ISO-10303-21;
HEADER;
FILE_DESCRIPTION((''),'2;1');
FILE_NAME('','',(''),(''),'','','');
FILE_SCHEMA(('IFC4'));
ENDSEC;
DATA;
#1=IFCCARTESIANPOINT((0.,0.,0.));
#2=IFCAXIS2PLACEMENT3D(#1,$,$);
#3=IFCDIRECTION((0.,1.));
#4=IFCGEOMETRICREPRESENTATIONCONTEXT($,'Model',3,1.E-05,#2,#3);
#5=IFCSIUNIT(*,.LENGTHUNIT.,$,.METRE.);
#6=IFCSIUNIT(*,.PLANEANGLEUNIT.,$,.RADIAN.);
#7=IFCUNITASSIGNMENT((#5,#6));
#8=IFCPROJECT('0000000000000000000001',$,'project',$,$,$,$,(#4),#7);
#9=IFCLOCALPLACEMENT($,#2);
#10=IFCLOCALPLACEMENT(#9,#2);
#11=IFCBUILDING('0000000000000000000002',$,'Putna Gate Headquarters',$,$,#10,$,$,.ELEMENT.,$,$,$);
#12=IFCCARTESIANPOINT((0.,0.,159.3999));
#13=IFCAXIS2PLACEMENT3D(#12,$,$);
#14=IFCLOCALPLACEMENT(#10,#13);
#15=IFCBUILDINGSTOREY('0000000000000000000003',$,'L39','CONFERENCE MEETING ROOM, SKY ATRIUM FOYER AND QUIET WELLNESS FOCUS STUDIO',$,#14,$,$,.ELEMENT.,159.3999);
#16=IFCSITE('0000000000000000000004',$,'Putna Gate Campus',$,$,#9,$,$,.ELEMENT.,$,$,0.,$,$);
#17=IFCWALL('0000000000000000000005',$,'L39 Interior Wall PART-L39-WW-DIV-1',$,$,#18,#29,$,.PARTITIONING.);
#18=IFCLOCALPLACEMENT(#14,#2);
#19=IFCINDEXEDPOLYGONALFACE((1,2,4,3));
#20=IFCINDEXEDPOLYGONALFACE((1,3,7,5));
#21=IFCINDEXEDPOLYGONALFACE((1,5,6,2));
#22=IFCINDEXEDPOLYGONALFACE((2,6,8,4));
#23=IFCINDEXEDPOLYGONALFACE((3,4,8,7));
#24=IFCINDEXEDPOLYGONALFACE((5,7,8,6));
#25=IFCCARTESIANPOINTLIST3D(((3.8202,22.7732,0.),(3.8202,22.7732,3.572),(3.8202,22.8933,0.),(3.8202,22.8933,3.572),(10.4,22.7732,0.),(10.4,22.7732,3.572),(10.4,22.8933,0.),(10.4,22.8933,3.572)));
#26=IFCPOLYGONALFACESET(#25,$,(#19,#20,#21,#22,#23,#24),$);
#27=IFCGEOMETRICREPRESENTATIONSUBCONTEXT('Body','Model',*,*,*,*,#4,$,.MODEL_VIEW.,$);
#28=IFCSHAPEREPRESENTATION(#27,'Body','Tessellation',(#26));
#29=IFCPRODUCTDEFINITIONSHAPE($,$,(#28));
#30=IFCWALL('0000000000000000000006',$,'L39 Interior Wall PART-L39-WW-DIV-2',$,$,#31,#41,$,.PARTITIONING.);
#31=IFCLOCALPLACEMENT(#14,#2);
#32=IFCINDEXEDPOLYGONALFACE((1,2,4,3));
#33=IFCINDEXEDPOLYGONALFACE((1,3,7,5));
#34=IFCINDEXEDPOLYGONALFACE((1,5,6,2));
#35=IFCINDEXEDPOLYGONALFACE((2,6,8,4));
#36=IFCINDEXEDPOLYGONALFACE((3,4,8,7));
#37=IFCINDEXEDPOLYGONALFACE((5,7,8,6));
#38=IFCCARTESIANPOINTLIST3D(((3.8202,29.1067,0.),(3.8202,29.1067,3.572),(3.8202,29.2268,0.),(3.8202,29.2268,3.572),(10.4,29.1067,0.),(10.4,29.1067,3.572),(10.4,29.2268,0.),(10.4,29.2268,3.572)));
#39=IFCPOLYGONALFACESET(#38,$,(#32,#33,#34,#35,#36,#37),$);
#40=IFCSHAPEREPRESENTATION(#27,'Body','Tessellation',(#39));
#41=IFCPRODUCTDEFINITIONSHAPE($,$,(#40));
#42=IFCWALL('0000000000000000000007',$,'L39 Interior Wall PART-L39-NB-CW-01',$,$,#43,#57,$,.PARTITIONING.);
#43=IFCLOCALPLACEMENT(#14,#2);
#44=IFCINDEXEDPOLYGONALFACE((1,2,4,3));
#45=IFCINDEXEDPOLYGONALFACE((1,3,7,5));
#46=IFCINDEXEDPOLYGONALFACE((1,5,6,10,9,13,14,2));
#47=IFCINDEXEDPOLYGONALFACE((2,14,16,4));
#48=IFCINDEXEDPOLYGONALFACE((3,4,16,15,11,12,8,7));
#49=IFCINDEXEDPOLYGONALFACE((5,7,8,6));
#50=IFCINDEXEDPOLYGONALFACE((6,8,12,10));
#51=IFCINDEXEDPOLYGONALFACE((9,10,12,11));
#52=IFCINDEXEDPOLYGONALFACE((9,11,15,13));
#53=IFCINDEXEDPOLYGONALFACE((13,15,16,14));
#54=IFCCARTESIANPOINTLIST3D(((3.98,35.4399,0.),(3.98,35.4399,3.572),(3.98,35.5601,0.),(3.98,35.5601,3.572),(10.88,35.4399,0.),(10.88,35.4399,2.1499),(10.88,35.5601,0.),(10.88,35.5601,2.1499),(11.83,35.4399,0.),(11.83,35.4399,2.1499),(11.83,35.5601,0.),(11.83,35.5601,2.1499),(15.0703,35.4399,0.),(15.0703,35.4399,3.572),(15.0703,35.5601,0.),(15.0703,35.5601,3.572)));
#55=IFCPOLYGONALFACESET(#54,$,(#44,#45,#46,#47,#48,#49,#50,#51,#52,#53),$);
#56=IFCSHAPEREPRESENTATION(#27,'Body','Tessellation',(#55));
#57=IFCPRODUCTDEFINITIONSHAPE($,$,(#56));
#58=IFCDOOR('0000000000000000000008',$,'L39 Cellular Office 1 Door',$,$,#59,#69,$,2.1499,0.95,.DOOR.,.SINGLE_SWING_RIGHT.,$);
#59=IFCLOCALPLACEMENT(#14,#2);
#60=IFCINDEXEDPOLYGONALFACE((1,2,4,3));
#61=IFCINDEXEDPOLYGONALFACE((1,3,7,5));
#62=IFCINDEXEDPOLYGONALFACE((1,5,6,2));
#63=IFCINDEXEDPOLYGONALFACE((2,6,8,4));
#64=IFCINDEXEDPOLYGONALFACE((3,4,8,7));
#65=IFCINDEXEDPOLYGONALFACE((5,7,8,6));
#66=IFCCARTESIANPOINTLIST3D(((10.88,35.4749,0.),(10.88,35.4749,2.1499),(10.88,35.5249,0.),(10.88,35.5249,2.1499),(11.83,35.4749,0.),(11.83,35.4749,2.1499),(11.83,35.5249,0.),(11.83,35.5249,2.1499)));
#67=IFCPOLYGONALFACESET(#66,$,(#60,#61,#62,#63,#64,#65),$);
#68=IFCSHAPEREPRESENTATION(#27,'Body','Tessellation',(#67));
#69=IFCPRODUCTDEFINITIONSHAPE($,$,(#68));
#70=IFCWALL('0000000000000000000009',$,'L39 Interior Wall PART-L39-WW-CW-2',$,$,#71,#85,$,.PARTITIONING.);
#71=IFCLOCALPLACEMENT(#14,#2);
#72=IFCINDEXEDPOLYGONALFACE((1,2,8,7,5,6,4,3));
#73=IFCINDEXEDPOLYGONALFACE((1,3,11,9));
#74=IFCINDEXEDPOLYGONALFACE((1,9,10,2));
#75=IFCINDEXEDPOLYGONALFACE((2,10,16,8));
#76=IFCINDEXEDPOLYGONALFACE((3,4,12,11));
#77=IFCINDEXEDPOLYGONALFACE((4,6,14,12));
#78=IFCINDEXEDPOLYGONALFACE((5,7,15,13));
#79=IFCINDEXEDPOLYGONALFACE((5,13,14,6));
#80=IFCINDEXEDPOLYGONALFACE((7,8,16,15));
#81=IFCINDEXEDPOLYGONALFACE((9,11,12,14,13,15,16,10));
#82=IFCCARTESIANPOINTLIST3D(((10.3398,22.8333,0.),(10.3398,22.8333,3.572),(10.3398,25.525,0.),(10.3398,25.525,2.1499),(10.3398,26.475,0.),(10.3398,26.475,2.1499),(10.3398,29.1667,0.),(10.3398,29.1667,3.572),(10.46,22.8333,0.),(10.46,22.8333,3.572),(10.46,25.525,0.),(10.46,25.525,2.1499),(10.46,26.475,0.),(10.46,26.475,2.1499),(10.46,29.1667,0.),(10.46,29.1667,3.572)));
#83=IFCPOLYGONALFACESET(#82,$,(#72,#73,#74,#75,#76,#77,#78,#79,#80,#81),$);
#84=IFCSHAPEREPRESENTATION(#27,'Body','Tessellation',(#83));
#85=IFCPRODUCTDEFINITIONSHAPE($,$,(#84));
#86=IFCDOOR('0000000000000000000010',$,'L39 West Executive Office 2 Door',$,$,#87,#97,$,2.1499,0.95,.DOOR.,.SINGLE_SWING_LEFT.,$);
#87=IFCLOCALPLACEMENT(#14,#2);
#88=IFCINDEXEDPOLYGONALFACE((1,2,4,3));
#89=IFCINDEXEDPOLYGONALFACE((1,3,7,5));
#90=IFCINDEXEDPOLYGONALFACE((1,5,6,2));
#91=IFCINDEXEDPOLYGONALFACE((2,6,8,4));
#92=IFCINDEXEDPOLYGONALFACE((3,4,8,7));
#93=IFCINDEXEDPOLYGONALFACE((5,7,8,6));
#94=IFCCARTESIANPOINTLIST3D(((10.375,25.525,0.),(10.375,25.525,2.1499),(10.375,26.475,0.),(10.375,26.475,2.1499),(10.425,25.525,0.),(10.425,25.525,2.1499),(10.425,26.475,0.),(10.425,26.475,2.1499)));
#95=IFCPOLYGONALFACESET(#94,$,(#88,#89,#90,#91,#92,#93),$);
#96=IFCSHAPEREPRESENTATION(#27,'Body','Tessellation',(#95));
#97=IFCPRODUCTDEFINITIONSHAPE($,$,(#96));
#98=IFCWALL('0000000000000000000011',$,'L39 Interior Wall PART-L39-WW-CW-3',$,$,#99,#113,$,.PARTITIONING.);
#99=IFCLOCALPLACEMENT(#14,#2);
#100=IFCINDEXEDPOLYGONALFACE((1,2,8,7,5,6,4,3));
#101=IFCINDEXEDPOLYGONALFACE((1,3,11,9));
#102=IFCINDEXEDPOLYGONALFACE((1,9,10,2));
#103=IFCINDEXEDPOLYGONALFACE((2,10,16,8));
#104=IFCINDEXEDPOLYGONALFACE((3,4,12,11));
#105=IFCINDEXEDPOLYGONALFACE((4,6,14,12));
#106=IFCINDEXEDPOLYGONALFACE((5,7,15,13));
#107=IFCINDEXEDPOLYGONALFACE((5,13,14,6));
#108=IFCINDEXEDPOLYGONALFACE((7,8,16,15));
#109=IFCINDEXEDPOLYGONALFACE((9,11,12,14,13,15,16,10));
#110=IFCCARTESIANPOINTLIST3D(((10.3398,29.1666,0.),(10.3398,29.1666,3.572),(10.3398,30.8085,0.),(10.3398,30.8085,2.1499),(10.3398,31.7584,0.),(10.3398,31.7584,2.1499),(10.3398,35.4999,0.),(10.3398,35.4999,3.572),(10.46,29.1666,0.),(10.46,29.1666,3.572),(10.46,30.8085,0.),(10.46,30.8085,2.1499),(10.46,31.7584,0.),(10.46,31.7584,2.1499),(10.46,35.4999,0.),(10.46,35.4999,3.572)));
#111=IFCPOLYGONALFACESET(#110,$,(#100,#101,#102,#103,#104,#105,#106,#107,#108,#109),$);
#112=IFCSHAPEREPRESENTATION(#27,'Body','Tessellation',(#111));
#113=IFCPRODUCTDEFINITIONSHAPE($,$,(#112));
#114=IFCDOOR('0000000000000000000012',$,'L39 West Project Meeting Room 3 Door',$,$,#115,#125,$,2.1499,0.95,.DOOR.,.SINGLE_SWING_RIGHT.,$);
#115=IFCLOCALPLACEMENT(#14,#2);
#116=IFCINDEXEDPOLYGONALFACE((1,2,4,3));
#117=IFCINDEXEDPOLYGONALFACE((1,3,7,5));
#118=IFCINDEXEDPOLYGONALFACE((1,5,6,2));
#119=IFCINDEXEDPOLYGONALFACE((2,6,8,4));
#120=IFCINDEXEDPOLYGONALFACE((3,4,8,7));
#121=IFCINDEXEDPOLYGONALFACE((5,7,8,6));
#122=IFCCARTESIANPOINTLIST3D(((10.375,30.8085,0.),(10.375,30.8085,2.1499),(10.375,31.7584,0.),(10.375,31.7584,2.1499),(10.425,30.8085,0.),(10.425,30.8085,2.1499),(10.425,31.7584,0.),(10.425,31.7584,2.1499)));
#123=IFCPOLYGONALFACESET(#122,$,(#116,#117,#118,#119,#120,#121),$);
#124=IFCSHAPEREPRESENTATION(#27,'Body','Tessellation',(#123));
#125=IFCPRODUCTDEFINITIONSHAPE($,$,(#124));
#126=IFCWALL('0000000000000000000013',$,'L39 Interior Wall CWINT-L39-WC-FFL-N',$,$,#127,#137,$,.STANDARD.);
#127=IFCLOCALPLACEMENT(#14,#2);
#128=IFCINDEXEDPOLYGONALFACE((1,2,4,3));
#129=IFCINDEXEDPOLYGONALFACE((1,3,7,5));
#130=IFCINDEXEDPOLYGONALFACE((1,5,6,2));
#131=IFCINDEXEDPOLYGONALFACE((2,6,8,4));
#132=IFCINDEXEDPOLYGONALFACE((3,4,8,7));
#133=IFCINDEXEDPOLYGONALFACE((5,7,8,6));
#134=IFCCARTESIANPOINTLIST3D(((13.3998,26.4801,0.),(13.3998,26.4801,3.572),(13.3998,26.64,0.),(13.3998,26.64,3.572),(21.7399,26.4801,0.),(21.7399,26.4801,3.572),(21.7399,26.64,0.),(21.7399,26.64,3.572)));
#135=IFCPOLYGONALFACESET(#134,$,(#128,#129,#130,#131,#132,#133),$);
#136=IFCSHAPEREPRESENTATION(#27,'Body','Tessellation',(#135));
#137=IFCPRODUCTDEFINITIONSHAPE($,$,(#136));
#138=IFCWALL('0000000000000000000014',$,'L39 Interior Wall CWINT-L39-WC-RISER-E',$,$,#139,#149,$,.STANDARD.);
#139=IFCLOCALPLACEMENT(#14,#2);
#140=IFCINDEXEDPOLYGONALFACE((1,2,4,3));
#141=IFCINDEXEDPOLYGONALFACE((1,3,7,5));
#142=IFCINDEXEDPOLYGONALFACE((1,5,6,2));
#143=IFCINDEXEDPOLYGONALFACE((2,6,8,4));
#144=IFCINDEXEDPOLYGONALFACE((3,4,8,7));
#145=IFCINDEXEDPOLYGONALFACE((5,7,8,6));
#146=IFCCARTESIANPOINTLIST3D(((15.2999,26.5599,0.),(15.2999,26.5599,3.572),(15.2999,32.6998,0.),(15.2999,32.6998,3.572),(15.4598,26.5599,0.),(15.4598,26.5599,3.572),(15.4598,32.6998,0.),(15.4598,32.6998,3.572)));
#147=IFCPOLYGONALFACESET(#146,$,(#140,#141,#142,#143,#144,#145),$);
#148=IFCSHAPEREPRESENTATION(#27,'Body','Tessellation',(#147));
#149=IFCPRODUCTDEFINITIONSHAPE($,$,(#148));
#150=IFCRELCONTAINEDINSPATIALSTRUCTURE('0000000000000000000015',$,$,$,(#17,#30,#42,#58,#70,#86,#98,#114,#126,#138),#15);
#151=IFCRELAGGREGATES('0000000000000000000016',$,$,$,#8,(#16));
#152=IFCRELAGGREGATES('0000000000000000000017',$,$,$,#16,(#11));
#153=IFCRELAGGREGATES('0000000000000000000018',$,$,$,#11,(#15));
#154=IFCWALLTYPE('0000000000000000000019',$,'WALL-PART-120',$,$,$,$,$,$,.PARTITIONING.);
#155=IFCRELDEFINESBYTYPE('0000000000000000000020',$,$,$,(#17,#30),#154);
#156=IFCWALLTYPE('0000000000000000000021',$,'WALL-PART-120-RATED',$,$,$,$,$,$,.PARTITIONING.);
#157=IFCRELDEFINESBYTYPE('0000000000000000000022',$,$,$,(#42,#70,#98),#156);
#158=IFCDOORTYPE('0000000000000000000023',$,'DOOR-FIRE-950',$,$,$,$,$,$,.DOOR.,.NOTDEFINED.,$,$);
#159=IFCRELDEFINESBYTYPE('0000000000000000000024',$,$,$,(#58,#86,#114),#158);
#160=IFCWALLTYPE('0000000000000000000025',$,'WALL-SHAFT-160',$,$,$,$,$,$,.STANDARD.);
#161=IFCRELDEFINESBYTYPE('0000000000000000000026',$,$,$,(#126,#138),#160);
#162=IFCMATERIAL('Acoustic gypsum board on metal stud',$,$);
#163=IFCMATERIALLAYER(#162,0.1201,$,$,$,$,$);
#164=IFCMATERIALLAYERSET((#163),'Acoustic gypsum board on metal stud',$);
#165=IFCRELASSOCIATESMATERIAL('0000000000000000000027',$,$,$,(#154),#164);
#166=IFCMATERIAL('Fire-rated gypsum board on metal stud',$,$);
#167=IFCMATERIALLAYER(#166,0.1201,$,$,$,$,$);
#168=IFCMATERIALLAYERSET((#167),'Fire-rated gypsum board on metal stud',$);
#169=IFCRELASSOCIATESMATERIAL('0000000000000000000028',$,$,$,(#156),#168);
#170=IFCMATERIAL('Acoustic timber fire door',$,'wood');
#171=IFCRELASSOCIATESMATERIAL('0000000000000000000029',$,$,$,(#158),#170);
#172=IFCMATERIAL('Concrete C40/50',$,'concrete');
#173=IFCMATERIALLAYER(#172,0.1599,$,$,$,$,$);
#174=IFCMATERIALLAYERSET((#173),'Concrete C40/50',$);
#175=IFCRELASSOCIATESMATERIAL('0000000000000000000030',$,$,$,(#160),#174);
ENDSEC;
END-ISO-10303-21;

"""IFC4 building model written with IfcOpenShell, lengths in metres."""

from ifc_helpers import new_model, si_unit, direction, frame, frame_2d, origin, place, context, subcontext, project, spatial, rectangle, extrude, material, layer, layer_set, type_object, element, fill, save


model = new_model("IFC4")

# Units and contexts
model_context = context("Model", 3, precision=1e-05, world=origin(), true_north=direction((0.0, 1.0)))
body_context = subcontext(model_context, "Body", "Model", "MODEL_VIEW")
ifc_project = project(units=[si_unit("LENGTHUNIT", "METRE"), si_unit("PLANEANGLEUNIT", "RADIAN")], contexts=[model_context])

# Site, building, storey
site_placement = place(None, origin())
site = spatial("IfcSite", under=ifc_project, at=site_placement, Name="Putna Gate Campus", CompositionType="ELEMENT", RefElevation=0.0)
building_placement = place(site_placement, origin())
building = spatial("IfcBuilding", under=site, at=building_placement, Name="Putna Gate Headquarters", CompositionType="ELEMENT")
storey_placement = place(building_placement, frame((0.0, 0.0, 159.3999)))
storey = spatial("IfcBuildingStorey", under=building, at=storey_placement, Name="L39", Description="CONFERENCE MEETING ROOM, SKY ATRIUM FOYER AND QUIET WELLNESS FOCUS STUDIO", CompositionType="ELEMENT", Elevation=159.3999)

# Walls
ifc_material_1 = material(Name="Acoustic gypsum board on metal stud")
ifc_layer_1 = layer(ifc_material_1, 0.1201)
ifc_layer_set_1 = layer_set([ifc_layer_1], Name="Acoustic gypsum board on metal stud")
wall_type_1 = type_object("IfcWallType", Name="WALL-PART-120", PredefinedType="PARTITIONING", material=ifc_layer_set_1)
for number, where, z_axis, x_axis, name in (
    (1, (3.8201, 22.8333, 0.0), (0.0, 0.0, 1.0), (1.0, 0.0, 0.0), "L39 Interior Wall PART-L39-WW-DIV-1"),
    (2, (3.8201, 29.1667, 0.0), (0.0, 0.0, 1.0), (1.0, 0.0, 0.0), "L39 Interior Wall PART-L39-WW-DIV-2"),
):
    element("IfcWall", number, at=place(storey_placement, frame(where, z_axis=z_axis, x_axis=x_axis)), inside=storey, type_object=wall_type_1, Name=name, PredefinedType="PARTITIONING", context=body_context, shape_type="SweptSolid", body=[
        extrude(rectangle(XDim=6.5798, YDim=0.1201, at=frame_2d((3.29, 0.0))), origin(), (0.0, 0.0, 1.0), 3.572),
    ])

# Walls, openings, doors
ifc_material_2 = material(Name="Fire-rated gypsum board on metal stud")
ifc_layer_2 = layer(ifc_material_2, 0.1201)
ifc_layer_set_2 = layer_set([ifc_layer_2], Name="Fire-rated gypsum board on metal stud")
wall_type_2 = type_object("IfcWallType", Name="WALL-PART-120-RATED", PredefinedType="PARTITIONING", material=ifc_layer_set_2)
wall_1_placement = place(storey_placement, frame((3.98, 35.5, 0.0), z_axis=(0.0, 0.0, 1.0), x_axis=(1.0, 0.0, 0.0)))
wall_1 = element("IfcWall", 3, at=wall_1_placement, inside=storey, type_object=wall_type_2, Name="L39 Interior Wall PART-L39-NB-CW-01", PredefinedType="PARTITIONING", context=body_context, shape_type="SweptSolid", body=[
    extrude(rectangle(XDim=11.0903, YDim=0.1201, at=frame_2d((5.5452, 0.0))), origin(), (0.0, 0.0, 1.0), 3.572),
])
opening_1_placement = place(wall_1_placement, frame((6.8999, 0.0, 0.0)))
opening_1 = element("IfcOpeningElement", 4, at=opening_1_placement, cuts=wall_1, PredefinedType="OPENING", context=body_context, shape_type="SweptSolid", body=[
    extrude(rectangle(XDim=0.95, YDim=2.1499, at=frame_2d((0.4751, 1.075))), frame((0.0, 0.0701, 0.0), z_axis=(0.0, -1.0, 0.0), x_axis=(1.0, 0.0, 0.0)), (0.0, 0.0, 1.0), 0.1401),
])
ifc_material_3 = material(Name="Acoustic timber fire door", Category="wood")
door_type_1 = type_object("IfcDoorType", Name="DOOR-FIRE-950", OperationType="NOTDEFINED", PredefinedType="DOOR", material=ifc_material_3)
door_1_placement = place(opening_1_placement, origin())
door_1 = element("IfcDoor", 5, at=door_1_placement, inside=storey, type_object=door_type_1, Name="L39 Cellular Office 1 Door", OperationType="SINGLE_SWING_RIGHT", OverallHeight=2.1499, OverallWidth=0.95, PredefinedType="DOOR", context=body_context, shape_type="SweptSolid", body=[
    extrude(rectangle(XDim=0.95, YDim=2.1499, at=frame_2d((0.4751, 1.075))), frame((0.0, 0.0249, 0.0), z_axis=(0.0, -1.0, 0.0), x_axis=(1.0, 0.0, 0.0)), (0.0, 0.0, 1.0), 0.05),
])
fill(opening_1, door_1)
wall_2_placement = place(storey_placement, frame((10.3999, 22.8333, 0.0), z_axis=(0.0, 0.0, 1.0), x_axis=(0.0, 1.0, 0.0)))
wall_2 = element("IfcWall", 6, at=wall_2_placement, inside=storey, type_object=wall_type_2, Name="L39 Interior Wall PART-L39-WW-CW-2", PredefinedType="PARTITIONING", context=body_context, shape_type="SweptSolid", body=[
    extrude(rectangle(XDim=6.3335, YDim=0.1201, at=frame_2d((3.1667, 0.0))), origin(), (0.0, 0.0, 1.0), 3.572),
])
opening_2_placement = place(wall_2_placement, frame((2.6917, 0.0, 0.0)))
opening_2 = element("IfcOpeningElement", 7, at=opening_2_placement, cuts=wall_2, PredefinedType="OPENING", context=body_context, shape_type="SweptSolid", body=[
    extrude(rectangle(XDim=0.95, YDim=2.1499, at=frame_2d((0.4751, 1.075))), frame((0.0, 0.0701, 0.0), z_axis=(0.0, -1.0, 0.0), x_axis=(1.0, 0.0, 0.0)), (0.0, 0.0, 1.0), 0.1401),
])
door_2_placement = place(opening_2_placement, origin())
door_2 = element("IfcDoor", 8, at=door_2_placement, inside=storey, type_object=door_type_1, Name="L39 West Executive Office 2 Door", OperationType="SINGLE_SWING_LEFT", OverallHeight=2.1499, OverallWidth=0.95, PredefinedType="DOOR", context=body_context, shape_type="SweptSolid", body=[
    extrude(rectangle(XDim=0.95, YDim=2.1499, at=frame_2d((0.4751, 1.075))), frame((0.0, 0.0249, 0.0), z_axis=(0.0, -1.0, 0.0), x_axis=(1.0, 0.0, 0.0)), (0.0, 0.0, 1.0), 0.05),
])
fill(opening_2, door_2)
wall_3_placement = place(storey_placement, frame((10.3999, 29.1667, 0.0), z_axis=(0.0, 0.0, 1.0), x_axis=(0.0, 1.0, 0.0)))
wall_3 = element("IfcWall", 9, at=wall_3_placement, inside=storey, type_object=wall_type_2, Name="L39 Interior Wall PART-L39-WW-CW-3", PredefinedType="PARTITIONING", context=body_context, shape_type="SweptSolid", body=[
    extrude(rectangle(XDim=6.3333, YDim=0.1201, at=frame_2d((3.1665, 0.0))), origin(), (0.0, 0.0, 1.0), 3.572),
])
opening_3_placement = place(wall_3_placement, frame((1.6416, 0.0, 0.0)))
opening_3 = element("IfcOpeningElement", 10, at=opening_3_placement, cuts=wall_3, PredefinedType="OPENING", context=body_context, shape_type="SweptSolid", body=[
    extrude(rectangle(XDim=0.95, YDim=2.1499, at=frame_2d((0.4751, 1.075))), frame((0.0, 0.0701, 0.0), z_axis=(0.0, -1.0, 0.0), x_axis=(1.0, 0.0, 0.0)), (0.0, 0.0, 1.0), 0.1401),
])
door_3_placement = place(opening_3_placement, origin())
door_3 = element("IfcDoor", 11, at=door_3_placement, inside=storey, type_object=door_type_1, Name="L39 West Project Meeting Room 3 Door", OperationType="SINGLE_SWING_RIGHT", OverallHeight=2.1499, OverallWidth=0.95, PredefinedType="DOOR", context=body_context, shape_type="SweptSolid", body=[
    extrude(rectangle(XDim=0.95, YDim=2.1499, at=frame_2d((0.4751, 1.075))), frame((0.0, 0.0249, 0.0), z_axis=(0.0, -1.0, 0.0), x_axis=(1.0, 0.0, 0.0)), (0.0, 0.0, 1.0), 0.05),
])
fill(opening_3, door_3)

# Walls
ifc_material_4 = material(Name="Concrete C40/50", Category="concrete")
ifc_layer_3 = layer(ifc_material_4, 0.1599)
ifc_layer_set_3 = layer_set([ifc_layer_3], Name="Concrete C40/50")
wall_type_3 = type_object("IfcWallType", Name="WALL-SHAFT-160", PredefinedType="STANDARD", material=ifc_layer_set_3)
wall_4_placement = place(storey_placement, frame((13.3999, 26.5601, 0.0), z_axis=(0.0, 0.0, 1.0), x_axis=(1.0, 0.0, 0.0)))
element("IfcWall", 12, at=wall_4_placement, inside=storey, type_object=wall_type_3, Name="L39 Interior Wall CWINT-L39-WC-FFL-N", PredefinedType="STANDARD", context=body_context, shape_type="SweptSolid", body=[
    extrude(rectangle(XDim=8.3401, YDim=0.1599, at=frame_2d((4.1699, 0.0))), origin(), (0.0, 0.0, 1.0), 3.572),
])
wall_5_placement = place(storey_placement, frame((15.3799, 26.5601, 0.0), z_axis=(0.0, 0.0, 1.0), x_axis=(0.0, 1.0, 0.0)))
element("IfcWall", 13, at=wall_5_placement, inside=storey, type_object=wall_type_3, Name="L39 Interior Wall CWINT-L39-WC-RISER-E", PredefinedType="STANDARD", context=body_context, shape_type="SweptSolid", body=[
    extrude(rectangle(XDim=6.1399, YDim=0.1599, at=frame_2d((3.0698, 0.0))), origin(), (0.0, 0.0, 1.0), 3.572),
])

save(model, "model.ifc")
